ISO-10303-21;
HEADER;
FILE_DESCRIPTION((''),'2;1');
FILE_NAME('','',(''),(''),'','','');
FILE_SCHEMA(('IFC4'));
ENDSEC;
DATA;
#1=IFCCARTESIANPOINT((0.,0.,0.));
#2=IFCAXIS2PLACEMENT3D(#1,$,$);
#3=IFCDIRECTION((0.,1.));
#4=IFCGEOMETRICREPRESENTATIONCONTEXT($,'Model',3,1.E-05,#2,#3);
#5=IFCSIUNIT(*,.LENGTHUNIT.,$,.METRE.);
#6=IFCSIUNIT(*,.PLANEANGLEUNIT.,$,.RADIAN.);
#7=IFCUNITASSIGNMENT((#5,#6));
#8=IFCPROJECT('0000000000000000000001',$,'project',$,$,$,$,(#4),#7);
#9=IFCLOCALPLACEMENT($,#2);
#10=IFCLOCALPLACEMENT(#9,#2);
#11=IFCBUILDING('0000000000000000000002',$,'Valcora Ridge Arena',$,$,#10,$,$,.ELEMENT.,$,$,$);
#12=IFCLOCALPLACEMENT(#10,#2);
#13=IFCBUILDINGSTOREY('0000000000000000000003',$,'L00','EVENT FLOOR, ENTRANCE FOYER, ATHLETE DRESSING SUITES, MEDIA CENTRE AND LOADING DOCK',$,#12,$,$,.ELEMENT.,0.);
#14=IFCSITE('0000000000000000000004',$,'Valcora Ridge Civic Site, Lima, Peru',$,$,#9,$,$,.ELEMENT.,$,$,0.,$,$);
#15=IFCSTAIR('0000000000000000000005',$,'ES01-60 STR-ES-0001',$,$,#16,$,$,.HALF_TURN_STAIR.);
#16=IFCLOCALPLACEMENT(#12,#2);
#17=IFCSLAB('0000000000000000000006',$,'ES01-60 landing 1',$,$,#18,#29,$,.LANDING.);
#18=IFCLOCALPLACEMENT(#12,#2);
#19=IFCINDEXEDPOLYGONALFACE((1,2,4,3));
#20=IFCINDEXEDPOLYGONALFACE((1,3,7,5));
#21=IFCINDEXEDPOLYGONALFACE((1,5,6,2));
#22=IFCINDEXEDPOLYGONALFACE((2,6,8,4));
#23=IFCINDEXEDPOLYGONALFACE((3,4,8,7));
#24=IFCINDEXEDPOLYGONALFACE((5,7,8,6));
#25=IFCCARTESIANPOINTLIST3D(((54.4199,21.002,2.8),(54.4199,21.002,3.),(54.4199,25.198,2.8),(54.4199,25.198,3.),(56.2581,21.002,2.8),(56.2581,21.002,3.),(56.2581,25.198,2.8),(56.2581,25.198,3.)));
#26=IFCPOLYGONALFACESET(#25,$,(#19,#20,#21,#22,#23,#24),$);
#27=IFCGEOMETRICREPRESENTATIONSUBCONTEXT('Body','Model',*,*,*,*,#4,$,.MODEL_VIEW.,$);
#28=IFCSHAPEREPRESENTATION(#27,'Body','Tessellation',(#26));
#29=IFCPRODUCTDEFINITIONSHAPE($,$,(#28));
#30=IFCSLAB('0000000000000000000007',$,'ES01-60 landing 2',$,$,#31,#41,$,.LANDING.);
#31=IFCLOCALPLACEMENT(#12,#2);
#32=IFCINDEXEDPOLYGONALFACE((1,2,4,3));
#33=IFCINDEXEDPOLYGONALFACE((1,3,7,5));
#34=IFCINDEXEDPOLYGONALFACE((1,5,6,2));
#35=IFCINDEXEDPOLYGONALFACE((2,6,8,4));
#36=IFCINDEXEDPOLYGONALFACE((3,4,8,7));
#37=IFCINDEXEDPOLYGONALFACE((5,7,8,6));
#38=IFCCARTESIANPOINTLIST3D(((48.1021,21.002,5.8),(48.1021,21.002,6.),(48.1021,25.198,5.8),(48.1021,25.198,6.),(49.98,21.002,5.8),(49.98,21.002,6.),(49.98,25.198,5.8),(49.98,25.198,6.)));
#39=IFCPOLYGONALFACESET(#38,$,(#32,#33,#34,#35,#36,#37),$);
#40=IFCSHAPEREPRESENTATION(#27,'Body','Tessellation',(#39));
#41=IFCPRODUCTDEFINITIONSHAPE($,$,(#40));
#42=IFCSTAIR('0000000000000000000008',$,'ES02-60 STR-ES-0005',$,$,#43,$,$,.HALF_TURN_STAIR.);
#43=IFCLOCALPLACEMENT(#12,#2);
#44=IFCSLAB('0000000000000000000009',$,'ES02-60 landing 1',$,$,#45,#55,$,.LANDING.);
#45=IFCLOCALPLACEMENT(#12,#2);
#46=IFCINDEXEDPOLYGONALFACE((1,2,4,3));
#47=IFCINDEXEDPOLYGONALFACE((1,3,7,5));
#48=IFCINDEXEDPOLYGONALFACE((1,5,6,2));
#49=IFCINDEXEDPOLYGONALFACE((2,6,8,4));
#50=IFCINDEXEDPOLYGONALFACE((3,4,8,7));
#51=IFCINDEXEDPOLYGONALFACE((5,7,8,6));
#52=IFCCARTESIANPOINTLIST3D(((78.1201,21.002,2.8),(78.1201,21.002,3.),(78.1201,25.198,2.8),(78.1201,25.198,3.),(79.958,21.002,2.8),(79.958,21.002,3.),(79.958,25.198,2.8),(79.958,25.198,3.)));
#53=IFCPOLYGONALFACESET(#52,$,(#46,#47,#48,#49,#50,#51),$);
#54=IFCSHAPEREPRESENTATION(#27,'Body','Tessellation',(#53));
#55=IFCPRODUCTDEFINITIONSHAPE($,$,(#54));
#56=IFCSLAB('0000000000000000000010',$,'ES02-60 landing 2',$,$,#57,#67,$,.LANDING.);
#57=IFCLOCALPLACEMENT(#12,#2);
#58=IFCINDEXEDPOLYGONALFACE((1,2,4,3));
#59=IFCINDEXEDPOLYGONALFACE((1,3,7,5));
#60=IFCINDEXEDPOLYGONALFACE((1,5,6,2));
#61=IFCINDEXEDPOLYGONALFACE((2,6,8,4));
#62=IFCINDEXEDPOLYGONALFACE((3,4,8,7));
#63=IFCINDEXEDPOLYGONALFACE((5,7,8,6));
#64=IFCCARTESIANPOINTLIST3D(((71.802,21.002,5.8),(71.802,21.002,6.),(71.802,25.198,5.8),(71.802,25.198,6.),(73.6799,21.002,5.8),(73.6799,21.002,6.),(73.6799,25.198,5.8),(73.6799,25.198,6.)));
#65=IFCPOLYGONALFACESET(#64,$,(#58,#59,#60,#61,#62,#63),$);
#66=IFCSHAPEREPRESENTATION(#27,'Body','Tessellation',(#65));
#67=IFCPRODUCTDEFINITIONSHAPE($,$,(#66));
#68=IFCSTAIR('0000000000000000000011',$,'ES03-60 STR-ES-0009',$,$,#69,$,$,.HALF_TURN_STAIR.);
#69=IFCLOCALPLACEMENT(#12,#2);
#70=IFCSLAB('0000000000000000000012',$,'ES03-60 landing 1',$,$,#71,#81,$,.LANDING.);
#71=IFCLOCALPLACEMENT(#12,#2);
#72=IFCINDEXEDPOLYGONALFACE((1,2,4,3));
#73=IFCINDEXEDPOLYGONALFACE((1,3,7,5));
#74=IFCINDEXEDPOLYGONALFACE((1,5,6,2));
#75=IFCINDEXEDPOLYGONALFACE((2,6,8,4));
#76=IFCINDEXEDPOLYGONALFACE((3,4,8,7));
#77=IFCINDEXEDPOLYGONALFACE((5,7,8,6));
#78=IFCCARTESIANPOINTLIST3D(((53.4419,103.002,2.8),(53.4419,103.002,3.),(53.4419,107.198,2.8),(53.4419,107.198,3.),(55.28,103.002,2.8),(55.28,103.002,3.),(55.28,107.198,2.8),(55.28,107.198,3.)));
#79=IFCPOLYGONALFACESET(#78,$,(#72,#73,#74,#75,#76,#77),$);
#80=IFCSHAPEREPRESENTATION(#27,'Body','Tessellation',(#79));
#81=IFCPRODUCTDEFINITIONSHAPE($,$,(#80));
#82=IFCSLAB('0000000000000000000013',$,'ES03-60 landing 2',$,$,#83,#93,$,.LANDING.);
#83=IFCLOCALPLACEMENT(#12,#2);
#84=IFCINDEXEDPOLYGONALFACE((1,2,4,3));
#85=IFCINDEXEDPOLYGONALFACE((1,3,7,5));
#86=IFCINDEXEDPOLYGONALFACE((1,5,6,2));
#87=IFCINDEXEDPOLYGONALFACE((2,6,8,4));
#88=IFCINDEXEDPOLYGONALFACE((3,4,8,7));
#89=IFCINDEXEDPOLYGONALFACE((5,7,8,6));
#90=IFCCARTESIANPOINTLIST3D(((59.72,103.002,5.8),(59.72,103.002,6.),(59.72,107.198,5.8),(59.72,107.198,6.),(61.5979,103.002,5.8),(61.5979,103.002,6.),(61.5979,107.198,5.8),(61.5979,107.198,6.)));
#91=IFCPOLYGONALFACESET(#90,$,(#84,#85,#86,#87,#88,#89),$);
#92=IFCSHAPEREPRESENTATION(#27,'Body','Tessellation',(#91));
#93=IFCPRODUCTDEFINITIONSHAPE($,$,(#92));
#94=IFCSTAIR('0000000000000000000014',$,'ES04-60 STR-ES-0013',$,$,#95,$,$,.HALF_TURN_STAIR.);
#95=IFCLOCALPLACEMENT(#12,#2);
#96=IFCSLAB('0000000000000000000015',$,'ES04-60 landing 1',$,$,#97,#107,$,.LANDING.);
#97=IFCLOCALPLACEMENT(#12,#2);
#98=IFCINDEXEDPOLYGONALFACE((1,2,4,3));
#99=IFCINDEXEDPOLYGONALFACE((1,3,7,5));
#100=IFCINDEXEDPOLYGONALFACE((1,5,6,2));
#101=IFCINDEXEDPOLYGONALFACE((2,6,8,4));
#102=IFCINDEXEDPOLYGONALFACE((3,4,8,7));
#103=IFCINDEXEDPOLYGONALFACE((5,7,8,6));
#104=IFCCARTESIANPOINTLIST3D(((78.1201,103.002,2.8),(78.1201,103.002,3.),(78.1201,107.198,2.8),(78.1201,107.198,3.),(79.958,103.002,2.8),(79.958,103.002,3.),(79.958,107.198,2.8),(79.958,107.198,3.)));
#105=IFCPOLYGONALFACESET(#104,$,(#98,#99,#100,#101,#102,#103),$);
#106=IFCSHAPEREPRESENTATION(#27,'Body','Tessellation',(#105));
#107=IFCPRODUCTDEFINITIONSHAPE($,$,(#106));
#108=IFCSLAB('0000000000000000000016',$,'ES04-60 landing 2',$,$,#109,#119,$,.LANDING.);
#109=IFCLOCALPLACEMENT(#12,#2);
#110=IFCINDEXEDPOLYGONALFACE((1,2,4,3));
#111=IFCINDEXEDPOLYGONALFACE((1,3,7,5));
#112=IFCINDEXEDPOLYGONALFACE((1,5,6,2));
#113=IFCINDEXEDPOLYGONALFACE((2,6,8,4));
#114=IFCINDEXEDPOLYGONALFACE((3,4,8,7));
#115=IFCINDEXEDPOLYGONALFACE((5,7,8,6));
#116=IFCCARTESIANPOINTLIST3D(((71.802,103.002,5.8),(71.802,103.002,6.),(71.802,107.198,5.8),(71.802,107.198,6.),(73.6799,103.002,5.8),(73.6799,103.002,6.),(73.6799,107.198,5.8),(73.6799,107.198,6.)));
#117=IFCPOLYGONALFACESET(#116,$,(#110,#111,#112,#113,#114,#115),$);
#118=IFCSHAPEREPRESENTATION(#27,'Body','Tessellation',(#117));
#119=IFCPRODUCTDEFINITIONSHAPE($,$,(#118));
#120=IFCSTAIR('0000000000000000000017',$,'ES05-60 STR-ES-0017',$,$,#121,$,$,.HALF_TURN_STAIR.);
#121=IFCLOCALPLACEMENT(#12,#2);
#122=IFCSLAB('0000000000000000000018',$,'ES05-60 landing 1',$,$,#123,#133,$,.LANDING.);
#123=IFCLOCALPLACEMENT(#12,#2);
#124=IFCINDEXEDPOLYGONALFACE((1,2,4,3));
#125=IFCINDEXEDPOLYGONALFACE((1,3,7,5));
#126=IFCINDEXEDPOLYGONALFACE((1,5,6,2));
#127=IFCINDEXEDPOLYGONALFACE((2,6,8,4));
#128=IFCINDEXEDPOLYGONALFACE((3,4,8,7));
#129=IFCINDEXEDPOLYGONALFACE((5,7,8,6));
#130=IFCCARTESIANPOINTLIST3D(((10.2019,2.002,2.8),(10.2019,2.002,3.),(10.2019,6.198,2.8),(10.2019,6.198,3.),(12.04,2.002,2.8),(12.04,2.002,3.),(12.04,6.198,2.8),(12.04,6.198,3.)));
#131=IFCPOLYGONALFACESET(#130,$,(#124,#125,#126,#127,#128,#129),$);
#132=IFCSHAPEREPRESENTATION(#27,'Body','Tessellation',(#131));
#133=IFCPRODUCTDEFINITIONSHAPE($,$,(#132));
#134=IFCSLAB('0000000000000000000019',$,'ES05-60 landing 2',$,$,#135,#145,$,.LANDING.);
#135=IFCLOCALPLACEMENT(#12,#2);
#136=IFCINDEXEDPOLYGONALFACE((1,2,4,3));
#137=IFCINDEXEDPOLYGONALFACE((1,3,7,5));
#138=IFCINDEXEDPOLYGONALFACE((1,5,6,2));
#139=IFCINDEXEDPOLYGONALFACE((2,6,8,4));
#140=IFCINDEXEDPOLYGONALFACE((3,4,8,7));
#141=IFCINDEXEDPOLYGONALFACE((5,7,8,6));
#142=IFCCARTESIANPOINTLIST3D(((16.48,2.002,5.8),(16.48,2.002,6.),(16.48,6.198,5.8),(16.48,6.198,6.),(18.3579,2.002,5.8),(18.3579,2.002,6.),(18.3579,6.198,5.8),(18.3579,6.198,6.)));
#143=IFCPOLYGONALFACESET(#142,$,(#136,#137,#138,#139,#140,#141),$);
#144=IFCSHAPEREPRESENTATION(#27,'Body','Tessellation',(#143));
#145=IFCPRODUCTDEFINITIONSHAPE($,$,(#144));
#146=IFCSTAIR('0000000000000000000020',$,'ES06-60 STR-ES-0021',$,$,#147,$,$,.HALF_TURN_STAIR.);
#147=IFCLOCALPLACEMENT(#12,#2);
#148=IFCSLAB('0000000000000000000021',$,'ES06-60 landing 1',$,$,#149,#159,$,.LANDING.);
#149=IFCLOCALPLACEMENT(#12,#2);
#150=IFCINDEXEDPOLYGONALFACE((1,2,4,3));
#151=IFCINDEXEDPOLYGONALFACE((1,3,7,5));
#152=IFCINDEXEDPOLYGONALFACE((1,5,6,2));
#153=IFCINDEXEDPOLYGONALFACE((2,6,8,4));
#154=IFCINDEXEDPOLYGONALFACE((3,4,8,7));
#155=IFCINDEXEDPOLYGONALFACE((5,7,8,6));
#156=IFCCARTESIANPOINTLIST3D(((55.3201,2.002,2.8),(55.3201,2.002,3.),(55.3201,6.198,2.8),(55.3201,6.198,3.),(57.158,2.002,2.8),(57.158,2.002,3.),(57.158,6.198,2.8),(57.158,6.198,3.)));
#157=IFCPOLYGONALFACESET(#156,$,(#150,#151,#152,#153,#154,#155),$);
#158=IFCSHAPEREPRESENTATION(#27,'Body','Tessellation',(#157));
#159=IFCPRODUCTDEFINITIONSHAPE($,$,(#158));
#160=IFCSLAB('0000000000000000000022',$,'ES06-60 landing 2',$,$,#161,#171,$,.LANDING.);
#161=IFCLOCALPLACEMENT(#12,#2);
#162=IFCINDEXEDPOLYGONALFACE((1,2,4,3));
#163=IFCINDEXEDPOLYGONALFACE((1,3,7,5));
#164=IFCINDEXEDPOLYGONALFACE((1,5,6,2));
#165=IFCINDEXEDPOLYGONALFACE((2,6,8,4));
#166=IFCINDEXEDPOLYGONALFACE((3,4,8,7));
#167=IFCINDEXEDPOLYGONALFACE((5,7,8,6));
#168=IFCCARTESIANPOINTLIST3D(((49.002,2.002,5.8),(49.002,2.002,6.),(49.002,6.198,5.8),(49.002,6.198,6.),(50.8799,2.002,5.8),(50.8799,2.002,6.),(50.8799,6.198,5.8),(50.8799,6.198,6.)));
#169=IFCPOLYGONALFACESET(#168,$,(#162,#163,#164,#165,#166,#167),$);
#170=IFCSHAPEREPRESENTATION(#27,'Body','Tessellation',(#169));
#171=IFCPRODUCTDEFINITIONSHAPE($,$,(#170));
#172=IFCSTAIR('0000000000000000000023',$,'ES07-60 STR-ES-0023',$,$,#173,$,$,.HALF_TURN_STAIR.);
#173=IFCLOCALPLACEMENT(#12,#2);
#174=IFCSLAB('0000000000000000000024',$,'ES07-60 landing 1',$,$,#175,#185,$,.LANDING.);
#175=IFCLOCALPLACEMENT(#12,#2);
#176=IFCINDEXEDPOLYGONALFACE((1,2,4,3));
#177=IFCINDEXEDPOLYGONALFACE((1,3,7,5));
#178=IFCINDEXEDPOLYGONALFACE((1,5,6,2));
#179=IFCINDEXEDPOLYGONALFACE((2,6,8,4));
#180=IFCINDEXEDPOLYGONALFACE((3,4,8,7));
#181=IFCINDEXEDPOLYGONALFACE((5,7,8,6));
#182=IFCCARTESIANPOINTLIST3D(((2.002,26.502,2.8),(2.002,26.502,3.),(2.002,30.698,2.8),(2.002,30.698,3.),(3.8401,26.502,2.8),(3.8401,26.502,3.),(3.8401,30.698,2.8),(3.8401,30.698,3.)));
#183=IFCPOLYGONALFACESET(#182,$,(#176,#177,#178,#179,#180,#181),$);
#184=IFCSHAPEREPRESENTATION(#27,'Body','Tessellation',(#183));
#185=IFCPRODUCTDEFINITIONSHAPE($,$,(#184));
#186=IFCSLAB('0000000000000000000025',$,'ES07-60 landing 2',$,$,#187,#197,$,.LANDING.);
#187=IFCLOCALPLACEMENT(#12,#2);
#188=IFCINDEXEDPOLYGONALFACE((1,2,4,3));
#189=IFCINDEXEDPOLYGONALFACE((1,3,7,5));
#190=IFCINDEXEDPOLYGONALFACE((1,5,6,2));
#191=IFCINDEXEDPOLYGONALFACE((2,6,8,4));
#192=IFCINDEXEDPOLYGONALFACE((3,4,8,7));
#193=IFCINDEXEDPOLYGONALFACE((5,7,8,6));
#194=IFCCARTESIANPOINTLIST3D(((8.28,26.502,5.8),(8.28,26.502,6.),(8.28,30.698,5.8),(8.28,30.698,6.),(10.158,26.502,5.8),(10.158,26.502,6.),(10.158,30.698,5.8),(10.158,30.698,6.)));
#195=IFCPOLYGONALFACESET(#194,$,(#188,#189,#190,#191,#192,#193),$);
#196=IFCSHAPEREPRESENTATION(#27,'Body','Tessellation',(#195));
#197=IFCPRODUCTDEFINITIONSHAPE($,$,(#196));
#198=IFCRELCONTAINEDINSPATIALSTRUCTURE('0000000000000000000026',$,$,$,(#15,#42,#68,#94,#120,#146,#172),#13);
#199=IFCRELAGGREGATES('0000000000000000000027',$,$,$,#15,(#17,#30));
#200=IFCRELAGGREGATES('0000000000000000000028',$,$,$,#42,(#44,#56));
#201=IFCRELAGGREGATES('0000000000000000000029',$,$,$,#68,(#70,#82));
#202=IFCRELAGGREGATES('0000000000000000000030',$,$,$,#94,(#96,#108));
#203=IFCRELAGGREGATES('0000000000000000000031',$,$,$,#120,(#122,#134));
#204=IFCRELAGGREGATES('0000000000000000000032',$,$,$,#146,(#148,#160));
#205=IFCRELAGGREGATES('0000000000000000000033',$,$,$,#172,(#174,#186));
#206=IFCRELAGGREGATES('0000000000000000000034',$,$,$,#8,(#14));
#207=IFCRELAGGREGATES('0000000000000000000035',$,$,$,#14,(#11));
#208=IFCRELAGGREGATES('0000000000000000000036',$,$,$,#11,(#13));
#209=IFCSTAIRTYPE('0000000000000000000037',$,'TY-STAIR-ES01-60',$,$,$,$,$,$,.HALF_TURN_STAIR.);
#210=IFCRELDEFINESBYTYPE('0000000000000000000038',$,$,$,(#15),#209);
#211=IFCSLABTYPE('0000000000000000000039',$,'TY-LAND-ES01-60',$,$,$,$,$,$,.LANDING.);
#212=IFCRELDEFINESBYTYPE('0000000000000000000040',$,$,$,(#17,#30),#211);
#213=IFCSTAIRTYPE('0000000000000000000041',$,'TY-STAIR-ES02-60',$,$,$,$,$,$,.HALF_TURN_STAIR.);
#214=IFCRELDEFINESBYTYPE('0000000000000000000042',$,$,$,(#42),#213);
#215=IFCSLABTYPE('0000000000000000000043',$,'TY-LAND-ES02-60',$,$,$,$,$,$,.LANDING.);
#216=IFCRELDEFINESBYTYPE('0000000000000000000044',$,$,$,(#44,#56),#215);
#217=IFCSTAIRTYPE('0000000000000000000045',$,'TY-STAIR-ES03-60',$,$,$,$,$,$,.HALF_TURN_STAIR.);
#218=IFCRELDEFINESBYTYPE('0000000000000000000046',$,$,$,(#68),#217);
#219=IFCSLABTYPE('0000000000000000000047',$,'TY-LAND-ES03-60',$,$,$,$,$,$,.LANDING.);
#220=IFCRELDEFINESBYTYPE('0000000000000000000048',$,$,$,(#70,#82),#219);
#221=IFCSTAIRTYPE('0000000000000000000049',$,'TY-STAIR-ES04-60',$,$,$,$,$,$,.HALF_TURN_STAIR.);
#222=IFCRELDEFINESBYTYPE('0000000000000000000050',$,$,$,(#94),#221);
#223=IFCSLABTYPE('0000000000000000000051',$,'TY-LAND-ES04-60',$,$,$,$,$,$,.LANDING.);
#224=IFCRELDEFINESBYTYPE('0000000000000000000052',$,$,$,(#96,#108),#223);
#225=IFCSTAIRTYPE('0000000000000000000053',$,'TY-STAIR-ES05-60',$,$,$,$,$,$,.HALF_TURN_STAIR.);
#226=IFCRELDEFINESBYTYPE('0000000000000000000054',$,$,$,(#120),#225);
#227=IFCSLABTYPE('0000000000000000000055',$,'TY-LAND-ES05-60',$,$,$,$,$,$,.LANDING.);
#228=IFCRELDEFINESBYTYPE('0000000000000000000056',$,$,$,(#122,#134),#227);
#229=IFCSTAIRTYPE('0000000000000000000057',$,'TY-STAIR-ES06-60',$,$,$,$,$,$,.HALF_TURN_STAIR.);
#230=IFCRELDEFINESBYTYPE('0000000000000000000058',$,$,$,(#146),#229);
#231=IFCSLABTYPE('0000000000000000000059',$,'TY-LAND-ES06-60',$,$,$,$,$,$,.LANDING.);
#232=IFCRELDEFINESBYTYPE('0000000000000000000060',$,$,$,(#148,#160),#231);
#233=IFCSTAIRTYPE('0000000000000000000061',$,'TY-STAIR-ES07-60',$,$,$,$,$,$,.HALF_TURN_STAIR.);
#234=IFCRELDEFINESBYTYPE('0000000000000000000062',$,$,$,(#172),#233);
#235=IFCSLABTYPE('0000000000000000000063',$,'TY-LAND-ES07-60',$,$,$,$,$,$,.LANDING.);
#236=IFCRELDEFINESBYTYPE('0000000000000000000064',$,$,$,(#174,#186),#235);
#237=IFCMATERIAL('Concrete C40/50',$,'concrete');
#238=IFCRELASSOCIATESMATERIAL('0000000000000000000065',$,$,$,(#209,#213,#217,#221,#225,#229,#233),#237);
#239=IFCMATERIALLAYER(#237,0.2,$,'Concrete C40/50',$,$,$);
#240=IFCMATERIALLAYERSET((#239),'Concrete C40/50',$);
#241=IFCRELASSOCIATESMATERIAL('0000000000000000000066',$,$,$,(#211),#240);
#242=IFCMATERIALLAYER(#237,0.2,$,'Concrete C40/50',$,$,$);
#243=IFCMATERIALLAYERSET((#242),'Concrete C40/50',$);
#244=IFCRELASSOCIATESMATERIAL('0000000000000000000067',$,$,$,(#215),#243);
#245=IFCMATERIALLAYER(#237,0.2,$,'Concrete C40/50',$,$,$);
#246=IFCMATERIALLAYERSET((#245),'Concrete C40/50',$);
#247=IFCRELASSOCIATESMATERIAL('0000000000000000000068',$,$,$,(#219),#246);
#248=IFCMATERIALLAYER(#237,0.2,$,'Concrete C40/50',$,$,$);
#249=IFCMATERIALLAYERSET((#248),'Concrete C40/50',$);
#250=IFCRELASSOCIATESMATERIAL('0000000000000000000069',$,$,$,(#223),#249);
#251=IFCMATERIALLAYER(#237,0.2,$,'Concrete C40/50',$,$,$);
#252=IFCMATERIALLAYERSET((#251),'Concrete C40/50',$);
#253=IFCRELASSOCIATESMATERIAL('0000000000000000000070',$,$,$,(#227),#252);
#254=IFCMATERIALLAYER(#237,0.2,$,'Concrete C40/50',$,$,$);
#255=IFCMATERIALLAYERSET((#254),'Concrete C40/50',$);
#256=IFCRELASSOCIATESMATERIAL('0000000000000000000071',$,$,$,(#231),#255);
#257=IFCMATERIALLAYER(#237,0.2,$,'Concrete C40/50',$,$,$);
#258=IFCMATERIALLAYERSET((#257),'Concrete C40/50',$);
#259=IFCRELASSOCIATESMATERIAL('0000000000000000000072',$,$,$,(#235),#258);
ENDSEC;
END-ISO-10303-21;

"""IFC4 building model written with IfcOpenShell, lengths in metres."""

from ifc_helpers import new_model, si_unit, direction, frame, origin, place, context, subcontext, project, spatial, polyline, outline, extrude, material, layer, layer_set, type_object, element, aggregate, save


model = new_model("IFC4")

# Units and contexts
model_context = context("Model", 3, precision=1e-05, world=origin(), true_north=direction((0.0, 1.0)))
body_context = subcontext(model_context, "Body", "Model", "MODEL_VIEW")
ifc_project = project(units=[si_unit("LENGTHUNIT", "METRE"), si_unit("PLANEANGLEUNIT", "RADIAN")], contexts=[model_context])

# Site, building, storey
site_placement = place(None, origin())
site = spatial("IfcSite", under=ifc_project, at=site_placement, Name="Valcora Ridge Civic Site, Lima, Peru", CompositionType="ELEMENT", RefElevation=0.0)
building_placement = place(site_placement, origin())
building = spatial("IfcBuilding", under=site, at=building_placement, Name="Valcora Ridge Arena", CompositionType="ELEMENT")
storey_placement = place(building_placement, origin())
storey = spatial("IfcBuildingStorey", under=building, at=storey_placement, Name="L00", Description="EVENT FLOOR, ENTRANCE FOYER, ATHLETE DRESSING SUITES, MEDIA CENTRE AND LOADING DOCK", CompositionType="ELEMENT", Elevation=0.0)

# Stairs, slabs
ifc_material = material(Name="Concrete C40/50", Category="concrete")
stair_type_1 = type_object("IfcStairType", Name="TY-STAIR-ES01-60", PredefinedType="HALF_TURN_STAIR", material=ifc_material)
stair_1_placement = place(storey_placement, origin())
stair_1 = element("IfcStair", 1, at=stair_1_placement, inside=storey, type_object=stair_type_1, Name="ES01-60 STR-ES-0001", PredefinedType="HALF_TURN_STAIR")
ifc_layer_1 = layer(ifc_material, 0.2, Name="Concrete C40/50")
ifc_layer_set_1 = layer_set([ifc_layer_1], Name="Concrete C40/50")
slab_type_1 = type_object("IfcSlabType", Name="TY-LAND-ES01-60", PredefinedType="LANDING", material=ifc_layer_set_1)
slab_1_placement = place(storey_placement, frame((0.0, 0.0, 2.8)))
slab_1 = element("IfcSlab", 2, at=slab_1_placement, type_object=slab_type_1, Name="ES01-60 landing 1", PredefinedType="LANDING", context=body_context, shape_type="SweptSolid", body=[
    extrude(outline(polyline([(54.4199, 21.002), (56.2581, 21.002), (56.2581, 25.198), (54.4199, 25.198), (54.4199, 21.002)])), origin(), (0.0, 0.0, 1.0), 0.2),
])
slab_2_placement = place(storey_placement, frame((0.0, 0.0, 5.8)))
slab_2 = element("IfcSlab", 3, at=slab_2_placement, type_object=slab_type_1, Name="ES01-60 landing 2", PredefinedType="LANDING", context=body_context, shape_type="SweptSolid", body=[
    extrude(outline(polyline([(48.1021, 21.002), (49.98, 21.002), (49.98, 25.198), (48.1021, 25.198), (48.1021, 21.002)])), origin(), (0.0, 0.0, 1.0), 0.2),
])
aggregate(stair_1, [slab_1, slab_2])
stair_type_2 = type_object("IfcStairType", Name="TY-STAIR-ES02-60", PredefinedType="HALF_TURN_STAIR", material=ifc_material)
stair_2_placement = place(storey_placement, origin())
stair_2 = element("IfcStair", 4, at=stair_2_placement, inside=storey, type_object=stair_type_2, Name="ES02-60 STR-ES-0005", PredefinedType="HALF_TURN_STAIR")
ifc_layer_2 = layer(ifc_material, 0.2, Name="Concrete C40/50")
ifc_layer_set_2 = layer_set([ifc_layer_2], Name="Concrete C40/50")
slab_type_2 = type_object("IfcSlabType", Name="TY-LAND-ES02-60", PredefinedType="LANDING", material=ifc_layer_set_2)
slab_3_placement = place(storey_placement, frame((0.0, 0.0, 2.8)))
slab_3 = element("IfcSlab", 5, at=slab_3_placement, type_object=slab_type_2, Name="ES02-60 landing 1", PredefinedType="LANDING", context=body_context, shape_type="SweptSolid", body=[
    extrude(outline(polyline([(78.1201, 21.002), (79.958, 21.002), (79.958, 25.198), (78.1201, 25.198), (78.1201, 21.002)])), origin(), (0.0, 0.0, 1.0), 0.2),
])
slab_4_placement = place(storey_placement, frame((0.0, 0.0, 5.8)))
slab_4 = element("IfcSlab", 6, at=slab_4_placement, type_object=slab_type_2, Name="ES02-60 landing 2", PredefinedType="LANDING", context=body_context, shape_type="SweptSolid", body=[
    extrude(outline(polyline([(71.802, 21.002), (73.6799, 21.002), (73.6799, 25.198), (71.802, 25.198), (71.802, 21.002)])), origin(), (0.0, 0.0, 1.0), 0.2),
])
aggregate(stair_2, [slab_3, slab_4])
stair_type_3 = type_object("IfcStairType", Name="TY-STAIR-ES03-60", PredefinedType="HALF_TURN_STAIR", material=ifc_material)
stair_3_placement = place(storey_placement, origin())
stair_3 = element("IfcStair", 7, at=stair_3_placement, inside=storey, type_object=stair_type_3, Name="ES03-60 STR-ES-0009", PredefinedType="HALF_TURN_STAIR")
ifc_layer_3 = layer(ifc_material, 0.2, Name="Concrete C40/50")
ifc_layer_set_3 = layer_set([ifc_layer_3], Name="Concrete C40/50")
slab_type_3 = type_object("IfcSlabType", Name="TY-LAND-ES03-60", PredefinedType="LANDING", material=ifc_layer_set_3)
slab_5_placement = place(storey_placement, frame((0.0, 0.0, 2.8)))
slab_5 = element("IfcSlab", 8, at=slab_5_placement, type_object=slab_type_3, Name="ES03-60 landing 1", PredefinedType="LANDING", context=body_context, shape_type="SweptSolid", body=[
    extrude(outline(polyline([(53.4419, 103.002), (55.28, 103.002), (55.28, 107.198), (53.4419, 107.198), (53.4419, 103.002)])), origin(), (0.0, 0.0, 1.0), 0.2),
])
slab_6_placement = place(storey_placement, frame((0.0, 0.0, 5.8)))
slab_6 = element("IfcSlab", 9, at=slab_6_placement, type_object=slab_type_3, Name="ES03-60 landing 2", PredefinedType="LANDING", context=body_context, shape_type="SweptSolid", body=[
    extrude(outline(polyline([(59.72, 103.002), (61.5979, 103.002), (61.5979, 107.198), (59.72, 107.198), (59.72, 103.002)])), origin(), (0.0, 0.0, 1.0), 0.2),
])
aggregate(stair_3, [slab_5, slab_6])
stair_type_4 = type_object("IfcStairType", Name="TY-STAIR-ES04-60", PredefinedType="HALF_TURN_STAIR", material=ifc_material)
stair_4_placement = place(storey_placement, origin())
stair_4 = element("IfcStair", 10, at=stair_4_placement, inside=storey, type_object=stair_type_4, Name="ES04-60 STR-ES-0013", PredefinedType="HALF_TURN_STAIR")
ifc_layer_4 = layer(ifc_material, 0.2, Name="Concrete C40/50")
ifc_layer_set_4 = layer_set([ifc_layer_4], Name="Concrete C40/50")
slab_type_4 = type_object("IfcSlabType", Name="TY-LAND-ES04-60", PredefinedType="LANDING", material=ifc_layer_set_4)
slab_7_placement = place(storey_placement, frame((0.0, 0.0, 2.8)))
slab_7 = element("IfcSlab", 11, at=slab_7_placement, type_object=slab_type_4, Name="ES04-60 landing 1", PredefinedType="LANDING", context=body_context, shape_type="SweptSolid", body=[
    extrude(outline(polyline([(78.1201, 103.002), (79.958, 103.002), (79.958, 107.198), (78.1201, 107.198), (78.1201, 103.002)])), origin(), (0.0, 0.0, 1.0), 0.2),
])
slab_8_placement = place(storey_placement, frame((0.0, 0.0, 5.8)))
slab_8 = element("IfcSlab", 12, at=slab_8_placement, type_object=slab_type_4, Name="ES04-60 landing 2", PredefinedType="LANDING", context=body_context, shape_type="SweptSolid", body=[
    extrude(outline(polyline([(71.802, 103.002), (73.6799, 103.002), (73.6799, 107.198), (71.802, 107.198), (71.802, 103.002)])), origin(), (0.0, 0.0, 1.0), 0.2),
])
aggregate(stair_4, [slab_7, slab_8])
stair_type_5 = type_object("IfcStairType", Name="TY-STAIR-ES05-60", PredefinedType="HALF_TURN_STAIR", material=ifc_material)
stair_5_placement = place(storey_placement, origin())
stair_5 = element("IfcStair", 13, at=stair_5_placement, inside=storey, type_object=stair_type_5, Name="ES05-60 STR-ES-0017", PredefinedType="HALF_TURN_STAIR")
ifc_layer_5 = layer(ifc_material, 0.2, Name="Concrete C40/50")
ifc_layer_set_5 = layer_set([ifc_layer_5], Name="Concrete C40/50")
slab_type_5 = type_object("IfcSlabType", Name="TY-LAND-ES05-60", PredefinedType="LANDING", material=ifc_layer_set_5)
slab_9_placement = place(storey_placement, frame((0.0, 0.0, 2.8)))
slab_9 = element("IfcSlab", 14, at=slab_9_placement, type_object=slab_type_5, Name="ES05-60 landing 1", PredefinedType="LANDING", context=body_context, shape_type="SweptSolid", body=[
    extrude(outline(polyline([(10.2019, 2.002), (12.04, 2.002), (12.04, 6.198), (10.2019, 6.198), (10.2019, 2.002)])), origin(), (0.0, 0.0, 1.0), 0.2),
])
slab_10_placement = place(storey_placement, frame((0.0, 0.0, 5.8)))
slab_10 = element("IfcSlab", 15, at=slab_10_placement, type_object=slab_type_5, Name="ES05-60 landing 2", PredefinedType="LANDING", context=body_context, shape_type="SweptSolid", body=[
    extrude(outline(polyline([(16.48, 2.002), (18.3579, 2.002), (18.3579, 6.198), (16.48, 6.198), (16.48, 2.002)])), origin(), (0.0, 0.0, 1.0), 0.2),
])
aggregate(stair_5, [slab_9, slab_10])
stair_type_6 = type_object("IfcStairType", Name="TY-STAIR-ES06-60", PredefinedType="HALF_TURN_STAIR", material=ifc_material)
stair_6_placement = place(storey_placement, origin())
stair_6 = element("IfcStair", 16, at=stair_6_placement, inside=storey, type_object=stair_type_6, Name="ES06-60 STR-ES-0021", PredefinedType="HALF_TURN_STAIR")
ifc_layer_6 = layer(ifc_material, 0.2, Name="Concrete C40/50")
ifc_layer_set_6 = layer_set([ifc_layer_6], Name="Concrete C40/50")
slab_type_6 = type_object("IfcSlabType", Name="TY-LAND-ES06-60", PredefinedType="LANDING", material=ifc_layer_set_6)
slab_11_placement = place(storey_placement, frame((0.0, 0.0, 2.8)))
slab_11 = element("IfcSlab", 17, at=slab_11_placement, type_object=slab_type_6, Name="ES06-60 landing 1", PredefinedType="LANDING", context=body_context, shape_type="SweptSolid", body=[
    extrude(outline(polyline([(55.3201, 2.002), (57.158, 2.002), (57.158, 6.198), (55.3201, 6.198), (55.3201, 2.002)])), origin(), (0.0, 0.0, 1.0), 0.2),
])
slab_12_placement = place(storey_placement, frame((0.0, 0.0, 5.8)))
slab_12 = element("IfcSlab", 18, at=slab_12_placement, type_object=slab_type_6, Name="ES06-60 landing 2", PredefinedType="LANDING", context=body_context, shape_type="SweptSolid", body=[
    extrude(outline(polyline([(49.002, 2.002), (50.8799, 2.002), (50.8799, 6.198), (49.002, 6.198), (49.002, 2.002)])), origin(), (0.0, 0.0, 1.0), 0.2),
])
aggregate(stair_6, [slab_11, slab_12])
stair_type_7 = type_object("IfcStairType", Name="TY-STAIR-ES07-60", PredefinedType="HALF_TURN_STAIR", material=ifc_material)
stair_7_placement = place(storey_placement, origin())
stair_7 = element("IfcStair", 19, at=stair_7_placement, inside=storey, type_object=stair_type_7, Name="ES07-60 STR-ES-0023", PredefinedType="HALF_TURN_STAIR")
ifc_layer_7 = layer(ifc_material, 0.2, Name="Concrete C40/50")
ifc_layer_set_7 = layer_set([ifc_layer_7], Name="Concrete C40/50")
slab_type_7 = type_object("IfcSlabType", Name="TY-LAND-ES07-60", PredefinedType="LANDING", material=ifc_layer_set_7)
slab_13_placement = place(storey_placement, frame((0.0, 0.0, 2.8)))
slab_13 = element("IfcSlab", 20, at=slab_13_placement, type_object=slab_type_7, Name="ES07-60 landing 1", PredefinedType="LANDING", context=body_context, shape_type="SweptSolid", body=[
    extrude(outline(polyline([(2.002, 26.502), (3.8401, 26.502), (3.8401, 30.698), (2.002, 30.698), (2.002, 26.502)])), origin(), (0.0, 0.0, 1.0), 0.2),
])
slab_14_placement = place(storey_placement, frame((0.0, 0.0, 5.8)))
slab_14 = element("IfcSlab", 21, at=slab_14_placement, type_object=slab_type_7, Name="ES07-60 landing 2", PredefinedType="LANDING", context=body_context, shape_type="SweptSolid", body=[
    extrude(outline(polyline([(8.28, 26.502), (10.158, 26.502), (10.158, 30.698), (8.28, 30.698), (8.28, 26.502)])), origin(), (0.0, 0.0, 1.0), 0.2),
])
aggregate(stair_7, [slab_13, slab_14])

save(model, "model.ifc")
